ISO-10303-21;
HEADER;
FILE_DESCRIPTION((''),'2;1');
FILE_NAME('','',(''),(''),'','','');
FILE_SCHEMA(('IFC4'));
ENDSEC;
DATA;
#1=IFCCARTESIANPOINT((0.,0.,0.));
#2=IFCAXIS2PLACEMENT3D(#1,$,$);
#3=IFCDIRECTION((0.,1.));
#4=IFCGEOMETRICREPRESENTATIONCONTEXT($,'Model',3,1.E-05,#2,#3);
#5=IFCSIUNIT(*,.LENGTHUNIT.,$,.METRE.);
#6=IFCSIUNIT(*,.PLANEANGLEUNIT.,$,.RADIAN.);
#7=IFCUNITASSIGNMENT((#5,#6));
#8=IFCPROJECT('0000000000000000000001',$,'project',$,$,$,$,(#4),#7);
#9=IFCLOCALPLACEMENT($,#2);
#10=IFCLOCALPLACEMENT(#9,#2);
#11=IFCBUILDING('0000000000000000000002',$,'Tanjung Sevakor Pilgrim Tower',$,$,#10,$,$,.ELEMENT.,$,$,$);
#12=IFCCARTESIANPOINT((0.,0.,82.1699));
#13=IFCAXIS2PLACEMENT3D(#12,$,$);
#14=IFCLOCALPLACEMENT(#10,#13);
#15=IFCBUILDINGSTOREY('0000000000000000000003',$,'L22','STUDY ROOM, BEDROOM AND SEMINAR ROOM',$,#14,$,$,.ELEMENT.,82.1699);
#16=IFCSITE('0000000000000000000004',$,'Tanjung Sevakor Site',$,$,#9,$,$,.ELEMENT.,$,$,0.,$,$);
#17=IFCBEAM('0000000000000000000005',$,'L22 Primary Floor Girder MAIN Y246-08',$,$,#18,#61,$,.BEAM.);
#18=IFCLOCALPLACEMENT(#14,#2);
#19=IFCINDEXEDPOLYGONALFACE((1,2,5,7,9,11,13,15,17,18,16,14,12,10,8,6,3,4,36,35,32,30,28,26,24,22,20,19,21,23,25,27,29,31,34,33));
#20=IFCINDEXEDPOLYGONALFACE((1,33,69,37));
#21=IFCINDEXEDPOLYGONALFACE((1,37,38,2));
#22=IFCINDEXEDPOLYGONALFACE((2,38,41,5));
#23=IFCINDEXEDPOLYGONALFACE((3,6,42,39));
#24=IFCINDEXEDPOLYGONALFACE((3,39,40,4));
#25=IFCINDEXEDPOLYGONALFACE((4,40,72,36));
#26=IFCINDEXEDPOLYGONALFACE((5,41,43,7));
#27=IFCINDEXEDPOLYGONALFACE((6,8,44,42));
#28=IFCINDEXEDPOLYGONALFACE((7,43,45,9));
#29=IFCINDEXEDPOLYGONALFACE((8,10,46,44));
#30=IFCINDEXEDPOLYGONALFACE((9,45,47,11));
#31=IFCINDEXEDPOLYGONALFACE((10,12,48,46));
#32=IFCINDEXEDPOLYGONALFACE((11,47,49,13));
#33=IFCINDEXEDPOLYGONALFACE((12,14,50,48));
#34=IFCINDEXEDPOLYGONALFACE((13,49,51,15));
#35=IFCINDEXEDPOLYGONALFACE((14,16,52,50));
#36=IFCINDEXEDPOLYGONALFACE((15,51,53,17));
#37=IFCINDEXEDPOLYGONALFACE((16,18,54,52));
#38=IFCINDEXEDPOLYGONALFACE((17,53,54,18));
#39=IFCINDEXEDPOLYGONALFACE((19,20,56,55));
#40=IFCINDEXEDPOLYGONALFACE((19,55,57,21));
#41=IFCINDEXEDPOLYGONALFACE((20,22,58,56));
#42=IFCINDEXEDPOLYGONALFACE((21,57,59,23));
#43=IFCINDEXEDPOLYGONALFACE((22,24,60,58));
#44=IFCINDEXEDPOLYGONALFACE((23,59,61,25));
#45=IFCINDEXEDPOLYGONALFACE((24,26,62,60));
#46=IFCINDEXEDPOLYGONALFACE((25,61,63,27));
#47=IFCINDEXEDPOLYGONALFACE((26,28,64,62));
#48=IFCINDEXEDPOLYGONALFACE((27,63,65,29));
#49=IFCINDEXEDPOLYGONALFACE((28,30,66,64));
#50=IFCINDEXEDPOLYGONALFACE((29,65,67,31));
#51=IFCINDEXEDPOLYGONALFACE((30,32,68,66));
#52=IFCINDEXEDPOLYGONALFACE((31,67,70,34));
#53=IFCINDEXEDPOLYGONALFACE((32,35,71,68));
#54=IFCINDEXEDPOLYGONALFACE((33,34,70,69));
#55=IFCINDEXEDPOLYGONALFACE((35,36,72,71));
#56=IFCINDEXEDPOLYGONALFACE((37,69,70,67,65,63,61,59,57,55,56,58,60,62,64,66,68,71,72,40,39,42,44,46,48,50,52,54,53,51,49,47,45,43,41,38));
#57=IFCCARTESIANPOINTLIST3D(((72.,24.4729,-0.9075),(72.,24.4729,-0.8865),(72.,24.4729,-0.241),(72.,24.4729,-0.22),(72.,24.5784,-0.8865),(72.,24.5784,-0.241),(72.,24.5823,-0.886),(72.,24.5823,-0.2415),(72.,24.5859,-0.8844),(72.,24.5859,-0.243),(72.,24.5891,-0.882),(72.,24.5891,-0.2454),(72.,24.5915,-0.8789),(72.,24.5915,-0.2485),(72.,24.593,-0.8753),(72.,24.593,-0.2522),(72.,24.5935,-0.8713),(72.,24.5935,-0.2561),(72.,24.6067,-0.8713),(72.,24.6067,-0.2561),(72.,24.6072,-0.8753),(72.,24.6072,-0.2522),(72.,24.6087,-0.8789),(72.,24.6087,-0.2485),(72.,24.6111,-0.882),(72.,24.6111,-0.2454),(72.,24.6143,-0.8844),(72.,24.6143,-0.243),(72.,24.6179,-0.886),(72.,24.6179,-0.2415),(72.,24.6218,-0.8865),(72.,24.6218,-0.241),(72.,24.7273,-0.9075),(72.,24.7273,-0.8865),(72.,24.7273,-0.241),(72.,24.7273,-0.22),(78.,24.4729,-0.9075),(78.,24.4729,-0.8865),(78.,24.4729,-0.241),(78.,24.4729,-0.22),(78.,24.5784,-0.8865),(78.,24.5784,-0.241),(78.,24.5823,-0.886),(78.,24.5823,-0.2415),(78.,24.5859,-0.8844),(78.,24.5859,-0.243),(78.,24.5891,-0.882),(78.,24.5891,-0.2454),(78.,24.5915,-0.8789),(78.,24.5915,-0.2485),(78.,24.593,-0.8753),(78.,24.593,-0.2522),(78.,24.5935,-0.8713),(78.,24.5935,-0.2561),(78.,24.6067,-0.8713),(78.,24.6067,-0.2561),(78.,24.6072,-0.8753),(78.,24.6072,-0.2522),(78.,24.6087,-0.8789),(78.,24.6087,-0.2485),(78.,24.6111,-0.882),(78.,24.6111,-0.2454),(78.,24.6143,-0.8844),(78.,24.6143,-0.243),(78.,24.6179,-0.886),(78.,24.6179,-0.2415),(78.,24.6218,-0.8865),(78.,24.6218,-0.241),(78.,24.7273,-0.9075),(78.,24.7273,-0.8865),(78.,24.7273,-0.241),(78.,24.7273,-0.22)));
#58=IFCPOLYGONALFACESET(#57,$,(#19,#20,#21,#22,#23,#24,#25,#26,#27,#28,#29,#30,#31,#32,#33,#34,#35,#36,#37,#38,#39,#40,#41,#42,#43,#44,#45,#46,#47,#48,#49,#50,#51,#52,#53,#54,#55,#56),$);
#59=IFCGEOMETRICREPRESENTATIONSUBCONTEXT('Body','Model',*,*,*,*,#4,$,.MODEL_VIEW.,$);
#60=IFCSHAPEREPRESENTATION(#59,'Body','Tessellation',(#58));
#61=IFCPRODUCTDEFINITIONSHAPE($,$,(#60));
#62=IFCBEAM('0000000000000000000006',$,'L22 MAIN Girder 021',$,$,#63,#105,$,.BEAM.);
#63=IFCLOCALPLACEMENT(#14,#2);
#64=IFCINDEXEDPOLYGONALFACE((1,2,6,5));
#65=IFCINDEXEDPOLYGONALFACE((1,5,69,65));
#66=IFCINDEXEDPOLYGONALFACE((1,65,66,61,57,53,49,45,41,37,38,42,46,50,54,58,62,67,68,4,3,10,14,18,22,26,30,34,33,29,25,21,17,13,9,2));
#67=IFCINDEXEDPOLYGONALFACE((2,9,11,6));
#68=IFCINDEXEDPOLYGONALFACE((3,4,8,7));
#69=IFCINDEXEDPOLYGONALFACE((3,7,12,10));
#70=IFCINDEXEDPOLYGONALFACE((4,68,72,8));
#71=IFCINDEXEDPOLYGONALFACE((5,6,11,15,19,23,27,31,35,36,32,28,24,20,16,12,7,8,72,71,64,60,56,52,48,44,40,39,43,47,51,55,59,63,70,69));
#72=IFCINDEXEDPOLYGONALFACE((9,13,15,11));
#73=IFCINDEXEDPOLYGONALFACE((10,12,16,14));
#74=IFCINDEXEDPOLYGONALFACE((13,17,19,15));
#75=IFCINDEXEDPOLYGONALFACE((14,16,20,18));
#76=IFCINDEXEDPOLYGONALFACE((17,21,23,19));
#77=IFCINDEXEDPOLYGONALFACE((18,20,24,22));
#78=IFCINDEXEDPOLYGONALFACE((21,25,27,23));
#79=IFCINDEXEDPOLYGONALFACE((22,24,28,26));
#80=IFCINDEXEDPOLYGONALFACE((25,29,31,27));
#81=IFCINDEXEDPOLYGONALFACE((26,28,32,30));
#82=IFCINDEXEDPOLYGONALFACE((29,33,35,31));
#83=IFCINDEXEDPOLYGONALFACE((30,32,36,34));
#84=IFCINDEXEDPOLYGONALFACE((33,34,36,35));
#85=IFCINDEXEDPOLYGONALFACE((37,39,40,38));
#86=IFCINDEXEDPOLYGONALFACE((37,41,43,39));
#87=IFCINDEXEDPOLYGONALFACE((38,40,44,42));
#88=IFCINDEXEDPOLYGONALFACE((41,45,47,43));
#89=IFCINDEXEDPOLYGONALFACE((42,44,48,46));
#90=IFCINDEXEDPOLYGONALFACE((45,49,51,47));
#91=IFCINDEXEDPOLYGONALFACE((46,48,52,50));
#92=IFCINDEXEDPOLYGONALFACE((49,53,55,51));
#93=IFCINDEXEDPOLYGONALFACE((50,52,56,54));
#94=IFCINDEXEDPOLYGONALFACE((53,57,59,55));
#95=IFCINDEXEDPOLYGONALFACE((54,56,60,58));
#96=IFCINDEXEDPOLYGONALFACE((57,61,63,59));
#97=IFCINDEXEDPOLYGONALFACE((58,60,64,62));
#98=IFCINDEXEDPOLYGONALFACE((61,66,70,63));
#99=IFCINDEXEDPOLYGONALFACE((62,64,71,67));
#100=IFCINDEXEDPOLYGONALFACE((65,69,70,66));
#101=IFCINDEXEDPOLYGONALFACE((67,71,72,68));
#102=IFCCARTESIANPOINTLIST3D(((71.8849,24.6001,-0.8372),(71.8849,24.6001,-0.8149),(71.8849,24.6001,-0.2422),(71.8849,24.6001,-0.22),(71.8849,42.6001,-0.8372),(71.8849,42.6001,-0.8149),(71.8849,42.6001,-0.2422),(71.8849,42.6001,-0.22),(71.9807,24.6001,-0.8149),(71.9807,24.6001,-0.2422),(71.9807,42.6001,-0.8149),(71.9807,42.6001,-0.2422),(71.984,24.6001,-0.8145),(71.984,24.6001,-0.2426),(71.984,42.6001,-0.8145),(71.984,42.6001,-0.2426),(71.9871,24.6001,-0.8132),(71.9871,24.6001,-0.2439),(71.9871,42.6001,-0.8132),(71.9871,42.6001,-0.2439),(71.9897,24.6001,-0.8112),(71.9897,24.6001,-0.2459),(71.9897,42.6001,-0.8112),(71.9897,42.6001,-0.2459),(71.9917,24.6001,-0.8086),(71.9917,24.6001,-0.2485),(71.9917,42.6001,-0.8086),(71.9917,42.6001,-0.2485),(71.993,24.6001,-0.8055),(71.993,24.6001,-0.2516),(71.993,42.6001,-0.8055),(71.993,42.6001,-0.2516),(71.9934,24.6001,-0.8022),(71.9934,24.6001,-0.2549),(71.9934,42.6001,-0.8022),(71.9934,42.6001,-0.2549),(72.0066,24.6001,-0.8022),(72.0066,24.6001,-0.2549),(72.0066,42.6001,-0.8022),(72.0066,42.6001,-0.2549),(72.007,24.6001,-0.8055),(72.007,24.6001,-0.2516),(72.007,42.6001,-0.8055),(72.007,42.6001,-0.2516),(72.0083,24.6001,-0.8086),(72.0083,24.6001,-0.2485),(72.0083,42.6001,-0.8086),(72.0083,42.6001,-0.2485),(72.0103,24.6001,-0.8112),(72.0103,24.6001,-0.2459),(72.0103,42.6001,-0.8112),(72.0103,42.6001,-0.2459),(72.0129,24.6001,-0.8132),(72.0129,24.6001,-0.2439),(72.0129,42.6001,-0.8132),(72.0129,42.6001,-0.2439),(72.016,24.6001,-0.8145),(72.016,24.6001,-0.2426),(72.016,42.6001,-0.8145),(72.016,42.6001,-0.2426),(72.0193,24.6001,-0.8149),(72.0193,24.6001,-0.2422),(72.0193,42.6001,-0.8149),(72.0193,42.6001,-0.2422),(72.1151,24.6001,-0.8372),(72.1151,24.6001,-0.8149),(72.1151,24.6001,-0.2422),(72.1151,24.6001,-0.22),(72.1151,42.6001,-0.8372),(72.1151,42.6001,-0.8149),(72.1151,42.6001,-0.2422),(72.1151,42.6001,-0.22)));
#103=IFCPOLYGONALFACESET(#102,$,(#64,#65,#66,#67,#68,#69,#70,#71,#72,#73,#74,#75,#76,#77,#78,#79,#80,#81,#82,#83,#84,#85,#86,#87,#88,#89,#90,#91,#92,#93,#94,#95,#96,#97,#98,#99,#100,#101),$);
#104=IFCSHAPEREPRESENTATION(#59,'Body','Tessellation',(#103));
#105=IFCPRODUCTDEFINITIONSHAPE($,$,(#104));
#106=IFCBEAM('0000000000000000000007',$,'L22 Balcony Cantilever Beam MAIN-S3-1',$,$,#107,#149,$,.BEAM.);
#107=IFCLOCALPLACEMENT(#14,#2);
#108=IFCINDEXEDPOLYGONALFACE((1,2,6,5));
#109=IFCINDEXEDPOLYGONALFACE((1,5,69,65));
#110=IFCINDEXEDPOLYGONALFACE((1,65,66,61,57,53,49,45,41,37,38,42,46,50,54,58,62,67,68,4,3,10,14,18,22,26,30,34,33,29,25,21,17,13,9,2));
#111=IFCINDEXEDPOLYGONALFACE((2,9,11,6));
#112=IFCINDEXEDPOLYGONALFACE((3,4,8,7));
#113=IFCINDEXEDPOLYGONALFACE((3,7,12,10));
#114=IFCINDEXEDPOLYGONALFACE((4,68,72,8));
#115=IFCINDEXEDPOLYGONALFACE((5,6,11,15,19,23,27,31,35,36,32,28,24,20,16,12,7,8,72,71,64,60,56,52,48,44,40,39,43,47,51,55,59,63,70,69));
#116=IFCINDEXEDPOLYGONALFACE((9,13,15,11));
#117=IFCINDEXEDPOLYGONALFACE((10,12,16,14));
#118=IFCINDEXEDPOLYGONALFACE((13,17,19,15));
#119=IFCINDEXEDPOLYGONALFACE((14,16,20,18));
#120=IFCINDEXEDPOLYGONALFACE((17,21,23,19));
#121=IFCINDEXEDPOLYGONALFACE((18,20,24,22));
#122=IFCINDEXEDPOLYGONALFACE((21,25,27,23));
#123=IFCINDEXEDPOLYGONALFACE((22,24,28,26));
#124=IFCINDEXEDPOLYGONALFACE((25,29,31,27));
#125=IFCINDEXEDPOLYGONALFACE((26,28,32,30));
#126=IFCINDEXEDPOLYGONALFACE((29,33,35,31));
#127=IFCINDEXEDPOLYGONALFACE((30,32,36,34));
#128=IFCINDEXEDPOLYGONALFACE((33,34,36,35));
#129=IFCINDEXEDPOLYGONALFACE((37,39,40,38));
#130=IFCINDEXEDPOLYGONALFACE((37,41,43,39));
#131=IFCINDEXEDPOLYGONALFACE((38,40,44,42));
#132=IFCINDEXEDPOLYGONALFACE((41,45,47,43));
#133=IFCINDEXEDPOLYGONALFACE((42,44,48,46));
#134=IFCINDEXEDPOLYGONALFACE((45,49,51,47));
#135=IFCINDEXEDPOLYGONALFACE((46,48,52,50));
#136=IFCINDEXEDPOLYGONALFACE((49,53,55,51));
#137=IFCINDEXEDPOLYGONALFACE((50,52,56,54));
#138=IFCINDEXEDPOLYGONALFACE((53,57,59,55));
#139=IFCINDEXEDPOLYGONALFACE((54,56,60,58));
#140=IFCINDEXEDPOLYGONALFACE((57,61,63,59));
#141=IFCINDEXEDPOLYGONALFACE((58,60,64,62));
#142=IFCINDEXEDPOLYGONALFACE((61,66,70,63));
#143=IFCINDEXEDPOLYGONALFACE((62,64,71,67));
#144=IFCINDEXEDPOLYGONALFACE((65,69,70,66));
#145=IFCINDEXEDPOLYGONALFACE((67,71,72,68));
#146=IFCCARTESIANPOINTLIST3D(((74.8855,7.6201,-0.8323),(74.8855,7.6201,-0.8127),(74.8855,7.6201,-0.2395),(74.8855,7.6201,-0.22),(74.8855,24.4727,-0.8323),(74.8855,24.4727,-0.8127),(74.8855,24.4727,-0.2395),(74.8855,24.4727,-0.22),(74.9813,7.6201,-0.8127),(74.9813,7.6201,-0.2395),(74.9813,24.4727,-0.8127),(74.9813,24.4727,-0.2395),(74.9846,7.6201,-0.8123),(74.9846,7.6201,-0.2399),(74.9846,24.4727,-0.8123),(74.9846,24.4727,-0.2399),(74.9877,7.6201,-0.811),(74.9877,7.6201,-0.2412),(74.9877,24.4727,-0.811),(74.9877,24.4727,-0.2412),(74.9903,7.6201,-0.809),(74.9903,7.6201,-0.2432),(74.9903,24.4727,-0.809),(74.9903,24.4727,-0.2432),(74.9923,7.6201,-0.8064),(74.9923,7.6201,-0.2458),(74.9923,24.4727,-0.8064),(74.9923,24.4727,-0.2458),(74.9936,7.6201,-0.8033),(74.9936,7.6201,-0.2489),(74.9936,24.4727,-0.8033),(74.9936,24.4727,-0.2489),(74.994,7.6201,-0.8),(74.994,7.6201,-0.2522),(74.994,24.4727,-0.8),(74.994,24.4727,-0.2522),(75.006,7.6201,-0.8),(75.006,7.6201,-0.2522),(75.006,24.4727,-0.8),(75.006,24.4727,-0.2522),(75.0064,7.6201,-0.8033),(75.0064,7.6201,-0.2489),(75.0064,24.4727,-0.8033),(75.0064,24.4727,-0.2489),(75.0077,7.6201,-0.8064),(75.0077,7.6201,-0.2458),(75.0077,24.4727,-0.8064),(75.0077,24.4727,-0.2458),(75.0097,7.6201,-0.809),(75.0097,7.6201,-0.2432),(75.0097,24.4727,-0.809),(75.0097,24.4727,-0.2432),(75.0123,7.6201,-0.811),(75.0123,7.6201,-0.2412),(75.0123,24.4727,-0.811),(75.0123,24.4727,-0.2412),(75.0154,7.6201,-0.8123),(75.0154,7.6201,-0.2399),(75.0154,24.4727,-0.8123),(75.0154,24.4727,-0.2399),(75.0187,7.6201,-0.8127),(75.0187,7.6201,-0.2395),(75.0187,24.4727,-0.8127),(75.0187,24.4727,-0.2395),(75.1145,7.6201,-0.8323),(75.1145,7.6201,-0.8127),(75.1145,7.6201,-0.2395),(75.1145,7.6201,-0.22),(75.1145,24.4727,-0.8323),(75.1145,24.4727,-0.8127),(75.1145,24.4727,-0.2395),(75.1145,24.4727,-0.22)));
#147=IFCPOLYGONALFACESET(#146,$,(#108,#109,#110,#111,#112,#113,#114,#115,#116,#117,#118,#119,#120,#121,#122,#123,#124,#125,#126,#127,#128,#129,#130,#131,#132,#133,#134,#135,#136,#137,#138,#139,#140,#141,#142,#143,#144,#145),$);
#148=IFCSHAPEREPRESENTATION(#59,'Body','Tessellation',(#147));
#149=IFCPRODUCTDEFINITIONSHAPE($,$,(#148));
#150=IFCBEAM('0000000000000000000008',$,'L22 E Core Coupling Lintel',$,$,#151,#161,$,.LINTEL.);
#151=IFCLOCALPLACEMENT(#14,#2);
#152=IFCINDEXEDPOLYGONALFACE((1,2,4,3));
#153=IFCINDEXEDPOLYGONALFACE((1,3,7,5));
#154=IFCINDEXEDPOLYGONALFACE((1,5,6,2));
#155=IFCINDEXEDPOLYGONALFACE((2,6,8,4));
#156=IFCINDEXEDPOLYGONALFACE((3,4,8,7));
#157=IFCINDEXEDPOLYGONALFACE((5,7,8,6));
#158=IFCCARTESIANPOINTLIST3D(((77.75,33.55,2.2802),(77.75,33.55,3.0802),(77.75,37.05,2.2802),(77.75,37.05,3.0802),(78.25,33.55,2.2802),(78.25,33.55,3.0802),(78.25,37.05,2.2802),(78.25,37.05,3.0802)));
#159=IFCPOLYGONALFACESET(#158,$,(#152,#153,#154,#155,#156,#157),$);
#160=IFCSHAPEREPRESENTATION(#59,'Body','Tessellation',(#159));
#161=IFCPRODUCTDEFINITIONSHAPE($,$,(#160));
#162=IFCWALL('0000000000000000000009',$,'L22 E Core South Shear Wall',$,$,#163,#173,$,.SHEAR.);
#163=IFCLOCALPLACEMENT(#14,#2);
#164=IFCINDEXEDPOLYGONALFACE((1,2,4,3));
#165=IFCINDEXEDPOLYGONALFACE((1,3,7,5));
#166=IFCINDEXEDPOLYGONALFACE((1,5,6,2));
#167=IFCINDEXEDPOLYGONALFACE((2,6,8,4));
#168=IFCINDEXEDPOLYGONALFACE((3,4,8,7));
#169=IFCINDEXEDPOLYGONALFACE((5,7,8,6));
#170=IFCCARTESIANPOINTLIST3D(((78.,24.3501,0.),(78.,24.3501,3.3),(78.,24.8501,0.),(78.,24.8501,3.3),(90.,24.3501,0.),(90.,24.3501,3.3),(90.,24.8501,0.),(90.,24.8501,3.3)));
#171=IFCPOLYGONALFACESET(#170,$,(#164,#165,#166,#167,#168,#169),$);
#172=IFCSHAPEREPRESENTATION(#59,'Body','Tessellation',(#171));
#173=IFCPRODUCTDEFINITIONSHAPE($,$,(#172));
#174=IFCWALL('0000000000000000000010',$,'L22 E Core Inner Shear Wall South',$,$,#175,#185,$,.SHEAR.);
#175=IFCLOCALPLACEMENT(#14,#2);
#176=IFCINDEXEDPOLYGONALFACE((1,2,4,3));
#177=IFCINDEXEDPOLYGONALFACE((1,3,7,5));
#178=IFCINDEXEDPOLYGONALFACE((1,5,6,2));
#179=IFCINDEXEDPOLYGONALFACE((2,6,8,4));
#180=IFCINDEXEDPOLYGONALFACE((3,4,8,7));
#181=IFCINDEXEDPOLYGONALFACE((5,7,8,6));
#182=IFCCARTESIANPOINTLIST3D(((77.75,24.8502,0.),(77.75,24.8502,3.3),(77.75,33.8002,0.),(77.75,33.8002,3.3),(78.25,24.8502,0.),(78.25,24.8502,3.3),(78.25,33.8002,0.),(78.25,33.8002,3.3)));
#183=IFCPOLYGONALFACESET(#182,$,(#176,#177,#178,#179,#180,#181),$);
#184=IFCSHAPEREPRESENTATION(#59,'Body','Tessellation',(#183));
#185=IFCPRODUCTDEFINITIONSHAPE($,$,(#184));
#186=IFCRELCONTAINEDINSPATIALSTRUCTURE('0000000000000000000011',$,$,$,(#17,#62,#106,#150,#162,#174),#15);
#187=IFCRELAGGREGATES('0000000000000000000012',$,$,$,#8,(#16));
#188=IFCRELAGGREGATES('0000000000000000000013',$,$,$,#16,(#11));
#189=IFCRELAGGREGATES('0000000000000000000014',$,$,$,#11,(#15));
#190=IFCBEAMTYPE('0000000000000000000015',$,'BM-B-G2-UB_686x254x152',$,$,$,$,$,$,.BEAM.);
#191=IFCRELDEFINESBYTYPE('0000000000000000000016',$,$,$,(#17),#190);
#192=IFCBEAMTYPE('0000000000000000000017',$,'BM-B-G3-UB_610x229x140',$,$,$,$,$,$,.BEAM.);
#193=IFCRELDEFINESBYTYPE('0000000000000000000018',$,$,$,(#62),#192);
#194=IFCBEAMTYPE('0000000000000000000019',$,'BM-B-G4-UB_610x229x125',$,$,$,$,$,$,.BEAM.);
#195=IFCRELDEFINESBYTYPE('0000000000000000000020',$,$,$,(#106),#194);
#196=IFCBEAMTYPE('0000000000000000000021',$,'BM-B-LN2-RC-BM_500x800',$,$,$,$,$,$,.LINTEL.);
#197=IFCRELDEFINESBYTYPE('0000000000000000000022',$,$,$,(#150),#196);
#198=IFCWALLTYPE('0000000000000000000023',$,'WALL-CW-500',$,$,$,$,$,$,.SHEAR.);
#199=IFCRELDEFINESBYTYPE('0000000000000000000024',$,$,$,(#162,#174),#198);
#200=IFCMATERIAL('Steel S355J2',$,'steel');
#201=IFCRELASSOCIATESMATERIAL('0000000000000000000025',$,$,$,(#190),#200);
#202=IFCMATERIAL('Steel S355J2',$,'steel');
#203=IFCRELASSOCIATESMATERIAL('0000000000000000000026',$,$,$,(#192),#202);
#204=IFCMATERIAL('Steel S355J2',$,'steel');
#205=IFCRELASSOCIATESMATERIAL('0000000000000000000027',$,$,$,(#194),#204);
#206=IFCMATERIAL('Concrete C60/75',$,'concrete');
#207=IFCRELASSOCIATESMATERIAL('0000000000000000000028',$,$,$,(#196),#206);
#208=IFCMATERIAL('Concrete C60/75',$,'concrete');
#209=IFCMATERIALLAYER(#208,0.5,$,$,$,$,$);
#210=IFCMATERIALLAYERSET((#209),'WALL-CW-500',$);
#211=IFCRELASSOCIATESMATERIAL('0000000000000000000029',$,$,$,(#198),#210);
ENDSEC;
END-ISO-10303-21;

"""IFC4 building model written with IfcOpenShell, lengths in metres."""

from ifc_helpers import new_model, si_unit, direction, frame, frame_2d, origin, origin_2d, place, context, subcontext, project, spatial, rectangle, i_section, extrude, material, layer, layer_set, material_profile, profile_set, type_object, element, save


model = new_model("IFC4")

# Units and contexts
model_context = context("Model", 3, precision=1e-05, world=origin(), true_north=direction((0.0, 1.0)))
body_context = subcontext(model_context, "Body", "Model", "MODEL_VIEW")
ifc_project = project(units=[si_unit("LENGTHUNIT", "METRE"), si_unit("PLANEANGLEUNIT", "RADIAN")], contexts=[model_context])

# Site, building, storey
site_placement = place(None, origin())
site = spatial("IfcSite", under=ifc_project, at=site_placement, Name="Tanjung Sevakor Site", CompositionType="ELEMENT", RefElevation=0.0)
building_placement = place(site_placement, origin())
building = spatial("IfcBuilding", under=site, at=building_placement, Name="Tanjung Sevakor Pilgrim Tower", CompositionType="ELEMENT")
storey_placement = place(building_placement, frame((0.0, 0.0, 82.1699)))
storey = spatial("IfcBuildingStorey", under=building, at=storey_placement, Name="L22", Description="STUDY ROOM, BEDROOM AND SEMINAR ROOM", CompositionType="ELEMENT", Elevation=82.1699)

# Beams
ifc_material_1 = material(Name="Steel S355J2", Category="steel")
ifc_material_profile_1 = material_profile(ifc_material_1, i_section(OverallWidth=0.2544, OverallDepth=0.6875, WebThickness=0.0132, FlangeThickness=0.021, FilletRadius=0.0151, at=origin_2d()))
ifc_profile_set_1 = profile_set([ifc_material_profile_1], Name="Steel S355J2")
beam_type_1 = type_object("IfcBeamType", Name="BM-B-G2-UB_686x254x152", PredefinedType="BEAM", material=ifc_profile_set_1)
beam_1_placement = place(storey_placement, frame((72.0, 24.6001, -0.5637), z_axis=(1.0, 0.0, 0.0), x_axis=(0.0, 1.0, 0.0)))
element("IfcBeam", 1, at=beam_1_placement, inside=storey, type_object=beam_type_1, Name="L22 Primary Floor Girder MAIN Y246-08", PredefinedType="BEAM", context=body_context, shape_type="SweptSolid", body=[
    extrude(i_section(OverallWidth=0.2544, OverallDepth=0.6875, WebThickness=0.0132, FlangeThickness=0.021, FilletRadius=0.0151, at=origin_2d()), origin(), (0.0, 0.0, 1.0), 6.0),
])
ifc_material_2 = material(Name="Steel S355J2", Category="steel")
ifc_material_profile_2 = material_profile(ifc_material_2, i_section(OverallWidth=0.2302, OverallDepth=0.6172, WebThickness=0.0132, FlangeThickness=0.0222, FilletRadius=0.0127, at=origin_2d()))
ifc_profile_set_2 = profile_set([ifc_material_profile_2], Name="Steel S355J2")
beam_type_2 = type_object("IfcBeamType", Name="BM-B-G3-UB_610x229x140", PredefinedType="BEAM", material=ifc_profile_set_2)
beam_2_placement = place(storey_placement, frame((72.0, 24.6001, -0.5286), z_axis=(0.0, 1.0, 0.0), x_axis=(-1.0, 0.0, 0.0)))
element("IfcBeam", 2, at=beam_2_placement, inside=storey, type_object=beam_type_2, Name="L22 MAIN Girder 021", PredefinedType="BEAM", context=body_context, shape_type="SweptSolid", body=[
    extrude(i_section(OverallWidth=0.2302, OverallDepth=0.6172, WebThickness=0.0132, FlangeThickness=0.0222, FilletRadius=0.0127, at=origin_2d()), origin(), (0.0, 0.0, 1.0), 18.0),
])
ifc_material_3 = material(Name="Steel S355J2", Category="steel")
ifc_material_profile_3 = material_profile(ifc_material_3, i_section(OverallWidth=0.229, OverallDepth=0.6123, WebThickness=0.012, FlangeThickness=0.0195, FilletRadius=0.0127, at=origin_2d()))
ifc_profile_set_3 = profile_set([ifc_material_profile_3], Name="Steel S355J2")
beam_type_3 = type_object("IfcBeamType", Name="BM-B-G4-UB_610x229x125", PredefinedType="BEAM", material=ifc_profile_set_3)
beam_3_placement = place(storey_placement, frame((75.0, 24.4727, -0.5261), z_axis=(0.0, -1.0, 0.0), x_axis=(1.0, 0.0, 0.0)))
element("IfcBeam", 3, at=beam_3_placement, inside=storey, type_object=beam_type_3, Name="L22 Balcony Cantilever Beam MAIN-S3-1", PredefinedType="BEAM", context=body_context, shape_type="SweptSolid", body=[
    extrude(i_section(OverallWidth=0.229, OverallDepth=0.6123, WebThickness=0.012, FlangeThickness=0.0195, FilletRadius=0.0127, at=origin_2d()), origin(), (0.0, 0.0, 1.0), 16.8525),
])
ifc_material_4 = material(Name="Concrete C60/75", Category="concrete")
ifc_material_profile_4 = material_profile(ifc_material_4, rectangle(XDim=0.5, YDim=0.8, at=origin_2d()))
ifc_profile_set_4 = profile_set([ifc_material_profile_4], Name="Concrete C60/75")
beam_type_4 = type_object("IfcBeamType", Name="BM-B-LN2-RC-BM_500x800", PredefinedType="LINTEL", material=ifc_profile_set_4)
beam_4_placement = place(storey_placement, frame((78.0, 33.55, 2.6802), z_axis=(0.0, 1.0, 0.0), x_axis=(-1.0, 0.0, 0.0)))
element("IfcBeam", 4, at=beam_4_placement, inside=storey, type_object=beam_type_4, Name="L22 E Core Coupling Lintel", PredefinedType="LINTEL", context=body_context, shape_type="SweptSolid", body=[
    extrude(rectangle(XDim=0.5, YDim=0.8, at=origin_2d()), origin(), (0.0, 0.0, 1.0), 3.5),
])

# Walls
ifc_material_5 = material(Name="Concrete C60/75", Category="concrete")
ifc_layer_1 = layer(ifc_material_5, 0.5)
ifc_layer_set_1 = layer_set([ifc_layer_1], Name="WALL-CW-500")
wall_type_1 = type_object("IfcWallType", Name="WALL-CW-500", PredefinedType="SHEAR", material=ifc_layer_set_1)
wall_1_placement = place(storey_placement, frame((78.0, 24.6001, 0.0), z_axis=(0.0, 0.0, 1.0), x_axis=(1.0, 0.0, 0.0)))
element("IfcWall", 5, at=wall_1_placement, inside=storey, type_object=wall_type_1, Name="L22 E Core South Shear Wall", PredefinedType="SHEAR", context=body_context, shape_type="SweptSolid", body=[
    extrude(rectangle(XDim=12.0, YDim=0.5, at=frame_2d((6.0, 0.0))), origin(), (0.0, 0.0, 1.0), 3.3),
])
wall_2_placement = place(storey_placement, frame((78.0, 24.8501, 0.0), z_axis=(0.0, 0.0, 1.0), x_axis=(0.0, 1.0, 0.0)))
element("IfcWall", 6, at=wall_2_placement, inside=storey, type_object=wall_type_1, Name="L22 E Core Inner Shear Wall South", PredefinedType="SHEAR", context=body_context, shape_type="SweptSolid", body=[
    extrude(rectangle(XDim=8.95, YDim=0.5, at=frame_2d((4.4751, 0.0))), origin(), (0.0, 0.0, 1.0), 3.3),
])

save(model, "model.ifc")
